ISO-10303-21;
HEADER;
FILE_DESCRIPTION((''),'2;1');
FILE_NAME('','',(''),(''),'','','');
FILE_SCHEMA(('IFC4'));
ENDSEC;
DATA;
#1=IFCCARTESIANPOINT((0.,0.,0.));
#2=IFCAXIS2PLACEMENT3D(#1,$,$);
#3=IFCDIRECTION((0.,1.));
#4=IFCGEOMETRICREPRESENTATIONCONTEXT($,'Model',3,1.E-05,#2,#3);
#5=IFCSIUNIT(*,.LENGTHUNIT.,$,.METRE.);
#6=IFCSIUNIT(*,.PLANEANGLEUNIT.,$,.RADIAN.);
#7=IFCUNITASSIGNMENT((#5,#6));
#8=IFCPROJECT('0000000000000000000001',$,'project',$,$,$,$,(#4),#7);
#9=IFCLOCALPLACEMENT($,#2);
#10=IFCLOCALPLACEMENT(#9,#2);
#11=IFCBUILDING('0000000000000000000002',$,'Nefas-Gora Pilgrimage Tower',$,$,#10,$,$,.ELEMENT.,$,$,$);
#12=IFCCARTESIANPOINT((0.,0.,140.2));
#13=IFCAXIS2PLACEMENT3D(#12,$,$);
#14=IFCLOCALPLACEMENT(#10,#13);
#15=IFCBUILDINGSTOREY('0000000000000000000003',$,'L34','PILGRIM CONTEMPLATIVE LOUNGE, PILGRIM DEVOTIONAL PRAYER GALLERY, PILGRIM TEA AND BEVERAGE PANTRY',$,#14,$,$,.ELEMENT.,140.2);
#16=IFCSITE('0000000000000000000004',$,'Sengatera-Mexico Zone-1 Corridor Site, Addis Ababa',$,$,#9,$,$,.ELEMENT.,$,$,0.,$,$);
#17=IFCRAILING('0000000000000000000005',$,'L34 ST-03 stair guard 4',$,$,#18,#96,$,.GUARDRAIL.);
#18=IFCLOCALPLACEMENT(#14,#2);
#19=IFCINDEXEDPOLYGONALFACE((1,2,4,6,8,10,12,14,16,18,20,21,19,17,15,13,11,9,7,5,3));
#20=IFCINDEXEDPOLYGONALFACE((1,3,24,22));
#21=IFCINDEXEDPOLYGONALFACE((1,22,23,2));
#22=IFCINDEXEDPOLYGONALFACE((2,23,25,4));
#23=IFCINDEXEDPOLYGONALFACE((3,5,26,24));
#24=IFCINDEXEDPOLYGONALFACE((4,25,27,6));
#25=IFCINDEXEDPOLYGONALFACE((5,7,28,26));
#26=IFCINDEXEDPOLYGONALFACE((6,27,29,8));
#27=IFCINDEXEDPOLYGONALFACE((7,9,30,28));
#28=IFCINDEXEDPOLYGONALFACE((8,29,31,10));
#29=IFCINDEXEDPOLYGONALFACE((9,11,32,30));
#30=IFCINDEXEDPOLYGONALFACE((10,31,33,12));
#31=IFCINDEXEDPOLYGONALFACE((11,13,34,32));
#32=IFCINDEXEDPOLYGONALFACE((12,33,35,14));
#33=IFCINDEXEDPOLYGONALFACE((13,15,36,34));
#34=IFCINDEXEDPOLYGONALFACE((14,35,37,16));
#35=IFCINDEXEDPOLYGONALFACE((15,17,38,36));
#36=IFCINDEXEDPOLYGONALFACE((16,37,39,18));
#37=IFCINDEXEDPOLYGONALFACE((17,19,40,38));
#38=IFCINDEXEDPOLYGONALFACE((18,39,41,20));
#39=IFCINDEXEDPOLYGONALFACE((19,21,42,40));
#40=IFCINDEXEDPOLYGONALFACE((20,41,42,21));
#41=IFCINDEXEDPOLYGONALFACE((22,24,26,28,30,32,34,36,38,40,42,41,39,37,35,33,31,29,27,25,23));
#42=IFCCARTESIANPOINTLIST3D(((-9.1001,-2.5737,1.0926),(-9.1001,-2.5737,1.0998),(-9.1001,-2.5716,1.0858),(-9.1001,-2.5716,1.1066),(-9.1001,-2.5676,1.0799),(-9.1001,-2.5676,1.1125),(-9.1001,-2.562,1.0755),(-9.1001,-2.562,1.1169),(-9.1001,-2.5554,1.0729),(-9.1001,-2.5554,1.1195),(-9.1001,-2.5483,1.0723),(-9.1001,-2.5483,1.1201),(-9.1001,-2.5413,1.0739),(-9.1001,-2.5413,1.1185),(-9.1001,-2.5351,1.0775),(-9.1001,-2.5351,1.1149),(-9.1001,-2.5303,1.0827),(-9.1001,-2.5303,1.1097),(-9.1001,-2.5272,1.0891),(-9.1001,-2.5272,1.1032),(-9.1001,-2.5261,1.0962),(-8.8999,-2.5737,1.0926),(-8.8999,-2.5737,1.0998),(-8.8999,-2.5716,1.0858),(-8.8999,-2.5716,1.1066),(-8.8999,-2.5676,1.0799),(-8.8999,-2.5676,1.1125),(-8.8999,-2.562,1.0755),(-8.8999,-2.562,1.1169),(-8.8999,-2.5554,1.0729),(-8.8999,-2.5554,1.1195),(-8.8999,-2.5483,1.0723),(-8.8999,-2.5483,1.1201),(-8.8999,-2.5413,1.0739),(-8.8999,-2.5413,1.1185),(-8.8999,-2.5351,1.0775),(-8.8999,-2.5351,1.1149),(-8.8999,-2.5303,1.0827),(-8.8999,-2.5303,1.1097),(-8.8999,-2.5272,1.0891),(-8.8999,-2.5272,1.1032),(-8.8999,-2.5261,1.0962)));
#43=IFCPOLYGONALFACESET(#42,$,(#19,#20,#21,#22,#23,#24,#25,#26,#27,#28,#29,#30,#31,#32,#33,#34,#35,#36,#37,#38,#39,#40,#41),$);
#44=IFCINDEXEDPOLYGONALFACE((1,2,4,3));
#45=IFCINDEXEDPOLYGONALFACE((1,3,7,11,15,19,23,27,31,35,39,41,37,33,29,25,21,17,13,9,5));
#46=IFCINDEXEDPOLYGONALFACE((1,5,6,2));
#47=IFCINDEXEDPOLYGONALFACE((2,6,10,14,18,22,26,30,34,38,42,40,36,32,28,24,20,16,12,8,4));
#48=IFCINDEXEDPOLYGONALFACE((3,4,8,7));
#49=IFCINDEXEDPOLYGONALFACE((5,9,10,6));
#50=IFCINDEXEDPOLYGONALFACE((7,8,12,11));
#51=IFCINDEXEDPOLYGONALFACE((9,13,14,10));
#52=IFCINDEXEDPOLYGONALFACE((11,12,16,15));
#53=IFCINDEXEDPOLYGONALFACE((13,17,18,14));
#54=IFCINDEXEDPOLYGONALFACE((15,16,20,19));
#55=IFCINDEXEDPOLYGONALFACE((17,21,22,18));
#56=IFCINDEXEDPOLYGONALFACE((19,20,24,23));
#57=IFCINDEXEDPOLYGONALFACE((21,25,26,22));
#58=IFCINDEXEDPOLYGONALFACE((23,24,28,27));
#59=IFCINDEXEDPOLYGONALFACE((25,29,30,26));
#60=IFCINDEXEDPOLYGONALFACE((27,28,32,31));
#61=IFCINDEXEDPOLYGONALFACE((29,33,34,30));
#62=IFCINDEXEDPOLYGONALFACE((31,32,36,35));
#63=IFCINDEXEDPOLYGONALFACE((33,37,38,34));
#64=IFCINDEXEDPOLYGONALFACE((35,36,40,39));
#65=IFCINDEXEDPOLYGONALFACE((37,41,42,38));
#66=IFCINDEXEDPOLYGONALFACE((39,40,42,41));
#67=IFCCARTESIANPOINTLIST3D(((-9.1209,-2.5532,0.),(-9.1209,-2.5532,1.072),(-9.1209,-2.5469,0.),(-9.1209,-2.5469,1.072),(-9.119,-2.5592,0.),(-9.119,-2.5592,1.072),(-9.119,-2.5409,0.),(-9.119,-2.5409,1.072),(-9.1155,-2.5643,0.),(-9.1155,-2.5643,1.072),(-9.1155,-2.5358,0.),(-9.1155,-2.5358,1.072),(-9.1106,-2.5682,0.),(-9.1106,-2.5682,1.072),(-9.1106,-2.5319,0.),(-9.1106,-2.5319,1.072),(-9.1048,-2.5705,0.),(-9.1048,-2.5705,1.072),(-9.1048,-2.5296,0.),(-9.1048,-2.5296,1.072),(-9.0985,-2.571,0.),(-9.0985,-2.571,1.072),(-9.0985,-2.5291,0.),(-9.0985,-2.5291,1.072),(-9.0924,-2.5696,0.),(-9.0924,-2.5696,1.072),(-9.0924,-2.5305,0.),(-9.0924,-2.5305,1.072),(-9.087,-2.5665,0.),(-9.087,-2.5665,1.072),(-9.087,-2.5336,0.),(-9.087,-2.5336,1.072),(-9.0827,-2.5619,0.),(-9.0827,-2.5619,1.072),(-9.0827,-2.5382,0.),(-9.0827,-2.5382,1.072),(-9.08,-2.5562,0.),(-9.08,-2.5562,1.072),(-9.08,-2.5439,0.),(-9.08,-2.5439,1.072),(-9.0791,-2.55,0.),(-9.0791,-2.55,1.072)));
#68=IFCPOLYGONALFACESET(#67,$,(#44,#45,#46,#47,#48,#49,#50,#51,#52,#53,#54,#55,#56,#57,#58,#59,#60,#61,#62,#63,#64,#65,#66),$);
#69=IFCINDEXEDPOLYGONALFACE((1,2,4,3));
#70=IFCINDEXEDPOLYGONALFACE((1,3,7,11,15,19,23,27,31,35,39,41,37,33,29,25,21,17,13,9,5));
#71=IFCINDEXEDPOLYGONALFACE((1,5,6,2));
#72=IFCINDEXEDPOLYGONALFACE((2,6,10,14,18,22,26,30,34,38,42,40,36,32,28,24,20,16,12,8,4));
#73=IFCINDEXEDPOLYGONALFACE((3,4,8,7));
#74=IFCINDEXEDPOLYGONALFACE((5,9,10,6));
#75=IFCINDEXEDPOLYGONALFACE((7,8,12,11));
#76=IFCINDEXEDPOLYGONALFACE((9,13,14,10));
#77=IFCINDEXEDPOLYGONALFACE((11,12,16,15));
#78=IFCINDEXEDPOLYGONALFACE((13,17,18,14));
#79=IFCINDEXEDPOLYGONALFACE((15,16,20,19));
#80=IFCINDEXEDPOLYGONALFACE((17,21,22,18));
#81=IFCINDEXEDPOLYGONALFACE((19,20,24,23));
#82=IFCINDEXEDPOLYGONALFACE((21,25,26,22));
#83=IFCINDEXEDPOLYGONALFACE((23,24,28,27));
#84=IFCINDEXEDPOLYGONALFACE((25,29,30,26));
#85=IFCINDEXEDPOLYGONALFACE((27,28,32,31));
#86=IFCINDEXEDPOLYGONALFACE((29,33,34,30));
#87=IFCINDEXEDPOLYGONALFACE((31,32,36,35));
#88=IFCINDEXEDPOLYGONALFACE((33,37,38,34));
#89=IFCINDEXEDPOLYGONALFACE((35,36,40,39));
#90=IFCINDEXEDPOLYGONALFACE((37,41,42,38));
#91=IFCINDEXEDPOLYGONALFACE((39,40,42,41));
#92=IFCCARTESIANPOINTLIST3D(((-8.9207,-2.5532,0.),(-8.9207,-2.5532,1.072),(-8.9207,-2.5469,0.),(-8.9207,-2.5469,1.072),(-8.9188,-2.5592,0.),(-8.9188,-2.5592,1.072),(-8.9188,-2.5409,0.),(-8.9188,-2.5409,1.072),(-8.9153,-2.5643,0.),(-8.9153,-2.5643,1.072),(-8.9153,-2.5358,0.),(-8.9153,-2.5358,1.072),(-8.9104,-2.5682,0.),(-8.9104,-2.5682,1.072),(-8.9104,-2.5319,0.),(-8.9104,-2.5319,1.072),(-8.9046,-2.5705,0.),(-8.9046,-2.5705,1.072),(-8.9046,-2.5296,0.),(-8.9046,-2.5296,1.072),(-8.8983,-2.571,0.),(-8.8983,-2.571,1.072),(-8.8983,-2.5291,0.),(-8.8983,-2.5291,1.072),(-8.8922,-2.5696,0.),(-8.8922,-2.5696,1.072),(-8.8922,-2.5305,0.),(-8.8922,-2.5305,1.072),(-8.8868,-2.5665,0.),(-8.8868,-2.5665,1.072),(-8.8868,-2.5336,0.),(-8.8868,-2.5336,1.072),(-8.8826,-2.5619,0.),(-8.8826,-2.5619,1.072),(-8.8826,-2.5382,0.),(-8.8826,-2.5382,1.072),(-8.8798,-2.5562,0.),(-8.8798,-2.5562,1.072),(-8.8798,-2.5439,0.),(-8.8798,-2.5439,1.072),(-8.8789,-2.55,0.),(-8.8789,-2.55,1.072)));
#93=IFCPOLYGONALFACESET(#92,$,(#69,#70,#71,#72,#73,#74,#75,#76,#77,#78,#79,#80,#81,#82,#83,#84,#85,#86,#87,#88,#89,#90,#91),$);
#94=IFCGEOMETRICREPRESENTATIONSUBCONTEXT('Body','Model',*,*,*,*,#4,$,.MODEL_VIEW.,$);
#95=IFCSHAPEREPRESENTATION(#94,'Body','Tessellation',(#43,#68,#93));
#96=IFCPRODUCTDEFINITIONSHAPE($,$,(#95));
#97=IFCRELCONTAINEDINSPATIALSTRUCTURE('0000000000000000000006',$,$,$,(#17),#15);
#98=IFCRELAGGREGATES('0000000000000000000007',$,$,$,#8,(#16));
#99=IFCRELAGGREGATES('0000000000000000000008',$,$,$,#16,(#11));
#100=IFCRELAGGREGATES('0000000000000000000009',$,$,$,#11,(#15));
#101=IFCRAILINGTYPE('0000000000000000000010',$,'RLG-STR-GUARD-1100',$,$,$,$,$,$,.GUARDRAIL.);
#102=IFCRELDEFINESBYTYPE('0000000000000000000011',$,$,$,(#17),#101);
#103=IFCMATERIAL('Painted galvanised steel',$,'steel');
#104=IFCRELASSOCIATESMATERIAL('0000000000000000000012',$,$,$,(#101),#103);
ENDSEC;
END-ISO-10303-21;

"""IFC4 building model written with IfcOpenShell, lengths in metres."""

from ifc_helpers import new_model, si_unit, direction, frame, origin, origin_2d, place, context, subcontext, project, spatial, circle, extrude, material, type_object, element, save


model = new_model("IFC4")

# Units and contexts
model_context = context("Model", 3, precision=1e-05, world=origin(), true_north=direction((0.0, 1.0)))
body_context = subcontext(model_context, "Body", "Model", "MODEL_VIEW")
ifc_project = project(units=[si_unit("LENGTHUNIT", "METRE"), si_unit("PLANEANGLEUNIT", "RADIAN")], contexts=[model_context])

# Site, building, storey
site_placement = place(None, origin())
site = spatial("IfcSite", under=ifc_project, at=site_placement, Name="Sengatera-Mexico Zone-1 Corridor Site, Addis Ababa", CompositionType="ELEMENT", RefElevation=0.0)
building_placement = place(site_placement, origin())
building = spatial("IfcBuilding", under=site, at=building_placement, Name="Nefas-Gora Pilgrimage Tower", CompositionType="ELEMENT")
storey_placement = place(building_placement, frame((0.0, 0.0, 140.2)))
storey = spatial("IfcBuildingStorey", under=building, at=storey_placement, Name="L34", Description="PILGRIM CONTEMPLATIVE LOUNGE, PILGRIM DEVOTIONAL PRAYER GALLERY, PILGRIM TEA AND BEVERAGE PANTRY", CompositionType="ELEMENT", Elevation=140.2)

# Railing
ifc_material_1 = material(Name="Painted galvanised steel", Category="steel")
railing_type_1 = type_object("IfcRailingType", Name="RLG-STR-GUARD-1100", PredefinedType="GUARDRAIL", material=ifc_material_1)
railing_1_placement = place(storey_placement, frame((-9.1001, -2.55, 0.0)))
element("IfcRailing", 1, at=railing_1_placement, inside=storey, type_object=railing_type_1, Name="L34 ST-03 stair guard 4", PredefinedType="GUARDRAIL", context=body_context, shape_type="SweptSolid", body=[
    extrude(circle(Radius=0.0239, at=origin_2d()), frame((0.0, 0.0, 1.0962), z_axis=(1.0, 0.0, 0.0), x_axis=(0.0, 1.0, 0.0)), (0.0, 0.0, 1.0), 0.2002),
    extrude(circle(Radius=0.021, at=origin_2d()), origin(), (0.0, 0.0, 1.0), 1.072),
    extrude(circle(Radius=0.021, at=origin_2d()), frame((0.2002, 0.0, 0.0)), (0.0, 0.0, 1.0), 1.072),
])

save(model, "model.ifc")
